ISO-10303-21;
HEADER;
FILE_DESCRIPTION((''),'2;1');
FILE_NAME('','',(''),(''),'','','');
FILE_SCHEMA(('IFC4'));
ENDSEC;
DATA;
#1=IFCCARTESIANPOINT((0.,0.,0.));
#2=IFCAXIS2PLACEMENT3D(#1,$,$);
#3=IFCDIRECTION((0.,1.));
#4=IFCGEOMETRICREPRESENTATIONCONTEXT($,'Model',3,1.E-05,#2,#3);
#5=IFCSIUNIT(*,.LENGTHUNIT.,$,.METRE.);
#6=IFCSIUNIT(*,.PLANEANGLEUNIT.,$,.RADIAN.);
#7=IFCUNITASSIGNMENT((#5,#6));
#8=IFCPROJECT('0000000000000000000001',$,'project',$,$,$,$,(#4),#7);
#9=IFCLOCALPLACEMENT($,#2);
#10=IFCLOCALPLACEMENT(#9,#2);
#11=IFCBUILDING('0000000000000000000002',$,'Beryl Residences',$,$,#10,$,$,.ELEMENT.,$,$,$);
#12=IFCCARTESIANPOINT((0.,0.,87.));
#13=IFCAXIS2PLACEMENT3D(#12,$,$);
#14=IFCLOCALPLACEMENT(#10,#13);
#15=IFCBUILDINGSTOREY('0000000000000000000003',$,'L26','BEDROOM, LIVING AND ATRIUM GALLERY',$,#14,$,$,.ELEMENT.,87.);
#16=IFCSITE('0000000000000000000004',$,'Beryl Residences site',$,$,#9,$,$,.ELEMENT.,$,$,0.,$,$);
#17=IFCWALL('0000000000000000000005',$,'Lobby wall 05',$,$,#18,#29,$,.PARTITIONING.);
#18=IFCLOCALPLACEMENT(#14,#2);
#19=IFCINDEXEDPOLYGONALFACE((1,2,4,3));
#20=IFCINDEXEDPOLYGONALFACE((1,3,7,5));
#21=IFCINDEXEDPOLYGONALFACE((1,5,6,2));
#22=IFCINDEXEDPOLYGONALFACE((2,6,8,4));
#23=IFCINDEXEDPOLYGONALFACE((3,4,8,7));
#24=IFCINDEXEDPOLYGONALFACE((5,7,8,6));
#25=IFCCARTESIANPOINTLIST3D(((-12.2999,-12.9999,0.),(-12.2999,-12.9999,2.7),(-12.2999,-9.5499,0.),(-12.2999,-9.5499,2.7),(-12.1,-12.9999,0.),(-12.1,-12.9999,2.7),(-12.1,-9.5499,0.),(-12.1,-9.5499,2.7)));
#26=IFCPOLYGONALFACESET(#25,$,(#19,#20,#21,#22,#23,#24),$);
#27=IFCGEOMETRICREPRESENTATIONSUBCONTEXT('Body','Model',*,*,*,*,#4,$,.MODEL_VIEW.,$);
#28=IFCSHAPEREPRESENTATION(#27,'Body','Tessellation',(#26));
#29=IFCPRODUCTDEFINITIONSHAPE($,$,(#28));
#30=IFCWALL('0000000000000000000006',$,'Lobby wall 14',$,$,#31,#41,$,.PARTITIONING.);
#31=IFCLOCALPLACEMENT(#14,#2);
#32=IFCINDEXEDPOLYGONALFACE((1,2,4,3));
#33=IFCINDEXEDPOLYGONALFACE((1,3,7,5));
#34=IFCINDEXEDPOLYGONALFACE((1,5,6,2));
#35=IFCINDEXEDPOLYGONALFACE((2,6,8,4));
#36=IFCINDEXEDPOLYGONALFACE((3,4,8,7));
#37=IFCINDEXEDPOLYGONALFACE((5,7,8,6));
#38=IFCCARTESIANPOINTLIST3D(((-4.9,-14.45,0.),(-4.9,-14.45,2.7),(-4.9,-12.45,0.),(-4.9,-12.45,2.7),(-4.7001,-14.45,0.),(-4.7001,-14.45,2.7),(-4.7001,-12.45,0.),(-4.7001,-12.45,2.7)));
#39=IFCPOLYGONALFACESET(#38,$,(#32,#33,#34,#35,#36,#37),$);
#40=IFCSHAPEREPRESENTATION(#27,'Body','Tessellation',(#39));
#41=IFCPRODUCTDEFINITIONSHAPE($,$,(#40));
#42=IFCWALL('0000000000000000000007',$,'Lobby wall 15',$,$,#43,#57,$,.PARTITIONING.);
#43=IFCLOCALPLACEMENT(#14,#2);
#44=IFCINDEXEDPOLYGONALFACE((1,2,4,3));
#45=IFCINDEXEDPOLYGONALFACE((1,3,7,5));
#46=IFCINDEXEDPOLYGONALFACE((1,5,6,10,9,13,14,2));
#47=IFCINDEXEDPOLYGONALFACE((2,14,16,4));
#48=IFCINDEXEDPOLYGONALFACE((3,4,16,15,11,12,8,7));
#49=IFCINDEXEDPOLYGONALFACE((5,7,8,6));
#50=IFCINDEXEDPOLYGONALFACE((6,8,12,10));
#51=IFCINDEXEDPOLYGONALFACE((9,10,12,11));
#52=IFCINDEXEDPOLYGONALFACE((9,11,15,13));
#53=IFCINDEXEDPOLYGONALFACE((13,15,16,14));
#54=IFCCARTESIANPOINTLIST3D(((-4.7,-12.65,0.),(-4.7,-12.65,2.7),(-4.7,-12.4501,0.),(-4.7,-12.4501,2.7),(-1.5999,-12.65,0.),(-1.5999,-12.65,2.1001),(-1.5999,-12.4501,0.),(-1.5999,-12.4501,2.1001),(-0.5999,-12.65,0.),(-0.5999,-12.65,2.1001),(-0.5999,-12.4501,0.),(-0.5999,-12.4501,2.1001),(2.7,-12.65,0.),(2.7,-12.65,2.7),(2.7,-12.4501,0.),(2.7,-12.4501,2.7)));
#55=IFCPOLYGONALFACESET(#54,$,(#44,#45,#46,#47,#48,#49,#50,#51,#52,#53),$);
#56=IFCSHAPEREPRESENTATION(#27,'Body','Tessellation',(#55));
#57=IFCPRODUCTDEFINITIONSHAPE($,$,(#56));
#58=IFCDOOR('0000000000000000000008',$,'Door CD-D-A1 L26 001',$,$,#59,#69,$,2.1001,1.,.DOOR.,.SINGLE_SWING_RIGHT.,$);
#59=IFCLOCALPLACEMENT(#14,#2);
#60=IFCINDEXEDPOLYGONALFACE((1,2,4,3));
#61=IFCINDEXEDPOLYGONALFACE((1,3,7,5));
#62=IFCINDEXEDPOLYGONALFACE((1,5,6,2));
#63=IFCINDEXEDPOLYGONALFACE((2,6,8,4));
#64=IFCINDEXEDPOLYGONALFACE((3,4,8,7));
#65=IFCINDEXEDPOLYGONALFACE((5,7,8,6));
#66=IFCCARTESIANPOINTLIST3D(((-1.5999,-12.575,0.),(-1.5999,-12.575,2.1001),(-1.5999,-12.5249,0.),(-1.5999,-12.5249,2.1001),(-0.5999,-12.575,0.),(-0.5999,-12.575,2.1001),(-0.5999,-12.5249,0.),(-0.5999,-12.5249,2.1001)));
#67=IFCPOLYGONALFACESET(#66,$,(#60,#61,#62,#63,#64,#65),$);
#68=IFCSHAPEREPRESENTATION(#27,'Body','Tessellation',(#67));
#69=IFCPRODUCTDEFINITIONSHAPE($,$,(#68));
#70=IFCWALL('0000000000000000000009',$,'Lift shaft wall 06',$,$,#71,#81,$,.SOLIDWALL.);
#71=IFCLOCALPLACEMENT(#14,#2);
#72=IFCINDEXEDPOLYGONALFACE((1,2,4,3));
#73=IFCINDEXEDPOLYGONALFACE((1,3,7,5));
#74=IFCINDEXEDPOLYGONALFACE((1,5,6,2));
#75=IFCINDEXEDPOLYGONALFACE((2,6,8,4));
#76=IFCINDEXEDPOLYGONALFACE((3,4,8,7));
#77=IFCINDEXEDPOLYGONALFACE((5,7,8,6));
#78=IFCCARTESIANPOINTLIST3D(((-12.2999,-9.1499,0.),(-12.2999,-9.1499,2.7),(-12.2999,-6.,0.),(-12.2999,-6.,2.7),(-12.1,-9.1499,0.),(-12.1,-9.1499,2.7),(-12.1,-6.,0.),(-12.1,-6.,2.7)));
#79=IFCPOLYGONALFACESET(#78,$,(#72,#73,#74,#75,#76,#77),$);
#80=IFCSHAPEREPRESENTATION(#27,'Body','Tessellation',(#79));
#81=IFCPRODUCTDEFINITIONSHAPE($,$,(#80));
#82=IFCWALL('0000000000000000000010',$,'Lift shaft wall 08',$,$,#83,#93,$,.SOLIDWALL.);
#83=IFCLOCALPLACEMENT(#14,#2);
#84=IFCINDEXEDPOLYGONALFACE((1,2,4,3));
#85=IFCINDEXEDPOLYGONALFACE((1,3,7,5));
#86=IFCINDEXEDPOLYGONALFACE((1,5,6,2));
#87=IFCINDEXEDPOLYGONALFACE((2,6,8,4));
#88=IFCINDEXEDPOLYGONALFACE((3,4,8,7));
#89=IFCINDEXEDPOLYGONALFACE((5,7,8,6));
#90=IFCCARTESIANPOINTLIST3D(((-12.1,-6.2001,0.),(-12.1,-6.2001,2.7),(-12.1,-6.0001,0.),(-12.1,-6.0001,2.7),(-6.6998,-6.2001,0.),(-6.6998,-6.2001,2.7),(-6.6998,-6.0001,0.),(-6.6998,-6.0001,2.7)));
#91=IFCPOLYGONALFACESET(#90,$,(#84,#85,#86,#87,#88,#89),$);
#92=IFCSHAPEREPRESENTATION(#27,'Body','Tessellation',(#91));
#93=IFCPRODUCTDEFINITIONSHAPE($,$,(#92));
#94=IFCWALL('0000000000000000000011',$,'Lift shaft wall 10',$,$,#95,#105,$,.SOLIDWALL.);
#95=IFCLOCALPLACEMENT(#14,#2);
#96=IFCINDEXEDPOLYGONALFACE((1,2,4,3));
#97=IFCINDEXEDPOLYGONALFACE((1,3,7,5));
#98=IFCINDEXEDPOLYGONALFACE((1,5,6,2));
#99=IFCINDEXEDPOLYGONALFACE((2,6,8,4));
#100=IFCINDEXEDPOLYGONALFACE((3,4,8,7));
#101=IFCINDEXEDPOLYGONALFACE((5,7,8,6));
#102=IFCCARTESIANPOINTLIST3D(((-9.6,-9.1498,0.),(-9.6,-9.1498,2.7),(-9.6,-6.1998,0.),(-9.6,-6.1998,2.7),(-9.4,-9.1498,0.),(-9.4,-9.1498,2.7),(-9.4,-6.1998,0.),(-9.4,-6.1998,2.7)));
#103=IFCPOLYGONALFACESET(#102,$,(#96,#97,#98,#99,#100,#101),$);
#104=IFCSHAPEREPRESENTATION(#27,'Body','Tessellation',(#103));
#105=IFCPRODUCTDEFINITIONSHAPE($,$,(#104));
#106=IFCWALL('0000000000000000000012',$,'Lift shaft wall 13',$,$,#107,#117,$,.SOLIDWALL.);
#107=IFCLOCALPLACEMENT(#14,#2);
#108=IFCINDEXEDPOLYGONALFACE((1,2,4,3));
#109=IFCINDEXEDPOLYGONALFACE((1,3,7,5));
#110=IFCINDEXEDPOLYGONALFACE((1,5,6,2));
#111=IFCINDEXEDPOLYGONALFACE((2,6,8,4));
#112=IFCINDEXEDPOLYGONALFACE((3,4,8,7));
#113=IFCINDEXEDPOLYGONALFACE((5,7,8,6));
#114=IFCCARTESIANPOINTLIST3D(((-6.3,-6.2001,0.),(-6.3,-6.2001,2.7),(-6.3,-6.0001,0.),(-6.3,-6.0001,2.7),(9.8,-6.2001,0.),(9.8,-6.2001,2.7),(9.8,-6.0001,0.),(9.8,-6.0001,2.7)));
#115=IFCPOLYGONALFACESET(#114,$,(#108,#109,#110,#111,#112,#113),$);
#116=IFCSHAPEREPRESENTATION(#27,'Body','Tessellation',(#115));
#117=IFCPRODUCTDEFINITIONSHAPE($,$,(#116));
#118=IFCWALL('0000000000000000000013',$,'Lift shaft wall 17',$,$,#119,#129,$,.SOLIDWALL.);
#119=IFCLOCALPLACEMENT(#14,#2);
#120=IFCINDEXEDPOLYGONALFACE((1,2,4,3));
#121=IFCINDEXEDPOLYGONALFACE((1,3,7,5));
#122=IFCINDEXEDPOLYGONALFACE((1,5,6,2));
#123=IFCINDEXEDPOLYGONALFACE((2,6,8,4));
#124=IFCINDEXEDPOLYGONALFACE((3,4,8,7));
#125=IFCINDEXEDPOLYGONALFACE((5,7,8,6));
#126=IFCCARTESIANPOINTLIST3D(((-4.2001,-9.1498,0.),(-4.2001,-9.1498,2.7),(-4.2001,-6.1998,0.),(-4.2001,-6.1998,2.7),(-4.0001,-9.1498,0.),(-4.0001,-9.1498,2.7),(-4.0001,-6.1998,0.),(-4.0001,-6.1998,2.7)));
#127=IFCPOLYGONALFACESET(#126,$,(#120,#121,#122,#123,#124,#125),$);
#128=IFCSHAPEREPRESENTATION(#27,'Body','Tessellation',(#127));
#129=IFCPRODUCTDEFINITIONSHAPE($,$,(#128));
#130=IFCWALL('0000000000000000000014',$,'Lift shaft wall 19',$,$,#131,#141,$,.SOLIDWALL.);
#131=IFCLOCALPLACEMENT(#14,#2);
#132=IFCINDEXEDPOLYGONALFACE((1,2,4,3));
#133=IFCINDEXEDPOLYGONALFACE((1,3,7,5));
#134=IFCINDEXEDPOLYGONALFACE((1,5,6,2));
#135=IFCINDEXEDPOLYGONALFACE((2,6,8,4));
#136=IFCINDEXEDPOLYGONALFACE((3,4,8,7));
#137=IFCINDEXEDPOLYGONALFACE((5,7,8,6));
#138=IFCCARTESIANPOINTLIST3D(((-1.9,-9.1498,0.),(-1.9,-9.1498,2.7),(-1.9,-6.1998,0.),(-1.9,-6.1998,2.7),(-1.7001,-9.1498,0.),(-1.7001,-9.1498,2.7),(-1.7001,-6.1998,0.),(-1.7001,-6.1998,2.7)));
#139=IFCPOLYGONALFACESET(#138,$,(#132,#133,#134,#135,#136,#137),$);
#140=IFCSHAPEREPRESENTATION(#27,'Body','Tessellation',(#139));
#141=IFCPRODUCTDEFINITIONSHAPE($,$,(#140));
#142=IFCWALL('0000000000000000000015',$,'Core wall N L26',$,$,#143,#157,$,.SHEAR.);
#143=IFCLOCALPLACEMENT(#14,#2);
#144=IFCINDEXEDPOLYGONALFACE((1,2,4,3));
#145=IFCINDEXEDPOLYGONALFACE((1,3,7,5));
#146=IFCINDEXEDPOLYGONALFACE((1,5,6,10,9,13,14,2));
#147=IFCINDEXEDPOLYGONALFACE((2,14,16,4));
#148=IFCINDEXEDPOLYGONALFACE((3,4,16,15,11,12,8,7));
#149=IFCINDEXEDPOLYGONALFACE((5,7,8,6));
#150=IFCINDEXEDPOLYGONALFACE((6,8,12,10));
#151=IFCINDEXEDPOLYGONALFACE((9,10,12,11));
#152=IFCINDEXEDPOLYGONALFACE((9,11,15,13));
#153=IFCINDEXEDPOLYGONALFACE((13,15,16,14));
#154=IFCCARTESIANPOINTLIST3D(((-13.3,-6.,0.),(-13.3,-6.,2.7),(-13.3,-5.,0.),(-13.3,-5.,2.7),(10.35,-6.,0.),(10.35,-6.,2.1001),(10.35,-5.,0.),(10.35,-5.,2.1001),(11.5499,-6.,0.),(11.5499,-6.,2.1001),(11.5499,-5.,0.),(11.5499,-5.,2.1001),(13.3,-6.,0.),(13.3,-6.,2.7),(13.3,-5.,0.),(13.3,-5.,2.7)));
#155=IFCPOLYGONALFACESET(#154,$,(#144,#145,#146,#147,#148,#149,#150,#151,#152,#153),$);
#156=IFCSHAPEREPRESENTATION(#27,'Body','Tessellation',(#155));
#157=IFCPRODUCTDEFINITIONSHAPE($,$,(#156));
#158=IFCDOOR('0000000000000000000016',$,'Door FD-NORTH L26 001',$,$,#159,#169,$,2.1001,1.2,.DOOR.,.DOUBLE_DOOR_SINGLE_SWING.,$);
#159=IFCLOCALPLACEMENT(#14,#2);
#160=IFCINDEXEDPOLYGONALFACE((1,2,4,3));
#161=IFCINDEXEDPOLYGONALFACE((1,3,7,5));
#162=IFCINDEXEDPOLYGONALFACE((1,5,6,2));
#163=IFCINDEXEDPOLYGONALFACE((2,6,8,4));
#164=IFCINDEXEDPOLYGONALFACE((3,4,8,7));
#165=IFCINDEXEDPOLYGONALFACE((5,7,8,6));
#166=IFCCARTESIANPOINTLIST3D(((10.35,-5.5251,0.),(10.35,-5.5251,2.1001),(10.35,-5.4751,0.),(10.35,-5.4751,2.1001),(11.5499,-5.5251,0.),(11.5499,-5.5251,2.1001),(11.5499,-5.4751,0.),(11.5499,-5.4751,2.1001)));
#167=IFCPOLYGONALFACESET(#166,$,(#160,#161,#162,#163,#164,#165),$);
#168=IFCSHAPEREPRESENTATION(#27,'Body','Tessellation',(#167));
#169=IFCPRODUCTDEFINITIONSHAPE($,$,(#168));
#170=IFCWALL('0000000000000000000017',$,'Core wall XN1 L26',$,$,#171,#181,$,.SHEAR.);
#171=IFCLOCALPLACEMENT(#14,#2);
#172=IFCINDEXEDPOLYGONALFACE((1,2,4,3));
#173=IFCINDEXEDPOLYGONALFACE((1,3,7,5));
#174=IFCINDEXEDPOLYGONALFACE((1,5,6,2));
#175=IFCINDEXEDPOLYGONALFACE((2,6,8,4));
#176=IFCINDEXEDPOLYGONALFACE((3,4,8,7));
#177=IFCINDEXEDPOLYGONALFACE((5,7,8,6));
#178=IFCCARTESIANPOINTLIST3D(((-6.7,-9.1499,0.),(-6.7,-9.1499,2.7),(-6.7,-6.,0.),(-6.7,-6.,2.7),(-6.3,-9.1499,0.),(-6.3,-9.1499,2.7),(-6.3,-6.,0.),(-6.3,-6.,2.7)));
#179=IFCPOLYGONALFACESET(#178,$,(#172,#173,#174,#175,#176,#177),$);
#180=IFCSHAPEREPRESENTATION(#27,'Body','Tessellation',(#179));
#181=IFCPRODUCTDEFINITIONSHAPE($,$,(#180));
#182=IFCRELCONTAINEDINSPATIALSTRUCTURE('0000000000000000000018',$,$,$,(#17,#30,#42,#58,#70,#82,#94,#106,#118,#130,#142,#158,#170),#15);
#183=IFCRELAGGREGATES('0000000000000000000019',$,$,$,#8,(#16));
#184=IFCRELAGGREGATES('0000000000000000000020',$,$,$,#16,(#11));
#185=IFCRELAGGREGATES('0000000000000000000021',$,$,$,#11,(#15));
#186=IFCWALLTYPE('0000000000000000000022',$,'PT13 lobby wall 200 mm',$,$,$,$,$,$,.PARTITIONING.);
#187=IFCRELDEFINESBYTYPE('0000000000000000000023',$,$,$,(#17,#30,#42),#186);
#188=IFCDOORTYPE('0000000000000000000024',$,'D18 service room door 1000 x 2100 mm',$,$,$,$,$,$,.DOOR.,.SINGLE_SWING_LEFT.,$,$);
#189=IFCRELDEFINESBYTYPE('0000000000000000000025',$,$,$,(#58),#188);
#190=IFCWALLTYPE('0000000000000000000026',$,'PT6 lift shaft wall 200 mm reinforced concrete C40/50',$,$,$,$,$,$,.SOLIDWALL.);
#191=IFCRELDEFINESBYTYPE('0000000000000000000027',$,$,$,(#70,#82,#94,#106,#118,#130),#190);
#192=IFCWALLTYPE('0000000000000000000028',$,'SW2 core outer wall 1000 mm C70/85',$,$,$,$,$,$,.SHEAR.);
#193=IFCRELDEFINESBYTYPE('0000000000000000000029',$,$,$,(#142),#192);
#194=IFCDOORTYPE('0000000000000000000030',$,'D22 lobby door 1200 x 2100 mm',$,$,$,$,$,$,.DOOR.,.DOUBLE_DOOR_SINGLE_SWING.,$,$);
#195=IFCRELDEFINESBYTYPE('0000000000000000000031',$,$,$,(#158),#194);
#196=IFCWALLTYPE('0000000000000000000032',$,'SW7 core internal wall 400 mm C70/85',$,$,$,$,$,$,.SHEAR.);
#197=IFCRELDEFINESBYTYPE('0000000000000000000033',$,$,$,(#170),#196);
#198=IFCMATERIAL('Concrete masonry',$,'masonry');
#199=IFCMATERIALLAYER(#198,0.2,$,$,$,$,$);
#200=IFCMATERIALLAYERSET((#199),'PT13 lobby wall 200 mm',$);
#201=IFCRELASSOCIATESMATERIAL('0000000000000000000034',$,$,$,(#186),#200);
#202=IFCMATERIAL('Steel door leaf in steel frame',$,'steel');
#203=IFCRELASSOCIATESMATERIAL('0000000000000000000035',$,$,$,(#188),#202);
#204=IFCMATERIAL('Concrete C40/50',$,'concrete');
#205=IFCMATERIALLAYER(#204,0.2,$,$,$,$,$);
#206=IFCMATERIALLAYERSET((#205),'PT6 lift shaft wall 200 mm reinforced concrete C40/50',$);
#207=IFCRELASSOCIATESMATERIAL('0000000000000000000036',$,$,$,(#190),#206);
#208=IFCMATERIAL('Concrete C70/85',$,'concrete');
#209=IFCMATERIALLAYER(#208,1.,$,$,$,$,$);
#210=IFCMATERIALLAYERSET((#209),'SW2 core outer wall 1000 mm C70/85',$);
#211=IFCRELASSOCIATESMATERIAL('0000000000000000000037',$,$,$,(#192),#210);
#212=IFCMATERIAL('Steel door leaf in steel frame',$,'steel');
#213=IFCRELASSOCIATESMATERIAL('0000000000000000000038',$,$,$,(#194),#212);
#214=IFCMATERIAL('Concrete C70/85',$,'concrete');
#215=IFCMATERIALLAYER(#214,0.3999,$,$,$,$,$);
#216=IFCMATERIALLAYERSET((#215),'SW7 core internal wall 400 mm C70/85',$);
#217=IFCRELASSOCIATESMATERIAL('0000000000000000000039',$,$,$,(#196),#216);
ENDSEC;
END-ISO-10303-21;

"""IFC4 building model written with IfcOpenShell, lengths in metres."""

from ifc_helpers import new_model, si_unit, direction, frame, frame_2d, origin, place, context, subcontext, project, spatial, rectangle, extrude, material, layer, layer_set, type_object, element, fill, save


model = new_model("IFC4")

# Units and contexts
model_context = context("Model", 3, precision=1e-05, world=origin(), true_north=direction((0.0, 1.0)))
body_context = subcontext(model_context, "Body", "Model", "MODEL_VIEW")
ifc_project = project(units=[si_unit("LENGTHUNIT", "METRE"), si_unit("PLANEANGLEUNIT", "RADIAN")], contexts=[model_context])

# Site, building, storey
site_placement = place(None, origin())
site = spatial("IfcSite", under=ifc_project, at=site_placement, Name="Beryl Residences site", CompositionType="ELEMENT", RefElevation=0.0)
building_placement = place(site_placement, origin())
building = spatial("IfcBuilding", under=site, at=building_placement, Name="Beryl Residences", CompositionType="ELEMENT")
storey_placement = place(building_placement, frame((0.0, 0.0, 87.0)))
storey = spatial("IfcBuildingStorey", under=building, at=storey_placement, Name="L26", Description="BEDROOM, LIVING AND ATRIUM GALLERY", CompositionType="ELEMENT", Elevation=87.0)

# Walls
ifc_material_1 = material(Name="Concrete masonry", Category="masonry")
ifc_layer_1 = layer(ifc_material_1, 0.2)
ifc_layer_set_1 = layer_set([ifc_layer_1], Name="PT13 lobby wall 200 mm")
wall_type_1 = type_object("IfcWallType", Name="PT13 lobby wall 200 mm", PredefinedType="PARTITIONING", material=ifc_layer_set_1)
wall_1_placement = place(storey_placement, frame((-12.2, -13.0, 0.0), z_axis=(0.0, 0.0, 1.0), x_axis=(0.0, 1.0, 0.0)))
element("IfcWall", 1, at=wall_1_placement, inside=storey, type_object=wall_type_1, Name="Lobby wall 05", PredefinedType="PARTITIONING", context=body_context, shape_type="SweptSolid", body=[
    extrude(rectangle(XDim=3.45, YDim=0.2, at=frame_2d((1.7251, 0.0))), origin(), (0.0, 0.0, 1.0), 2.7),
])
wall_2_placement = place(storey_placement, frame((-4.8, -14.45, 0.0), z_axis=(0.0, 0.0, 1.0), x_axis=(0.0, 1.0, 0.0)))
element("IfcWall", 2, at=wall_2_placement, inside=storey, type_object=wall_type_1, Name="Lobby wall 14", PredefinedType="PARTITIONING", context=body_context, shape_type="SweptSolid", body=[
    extrude(rectangle(XDim=2.0, YDim=0.2, at=frame_2d((1.0, 0.0))), origin(), (0.0, 0.0, 1.0), 2.7),
])

# Wall, opening, door
wall_3_placement = place(storey_placement, frame((-4.7, -12.55, 0.0), z_axis=(0.0, 0.0, 1.0), x_axis=(1.0, 0.0, 0.0)))
wall_3 = element("IfcWall", 3, at=wall_3_placement, inside=storey, type_object=wall_type_1, Name="Lobby wall 15", PredefinedType="PARTITIONING", context=body_context, shape_type="SweptSolid", body=[
    extrude(rectangle(XDim=7.3999, YDim=0.2, at=frame_2d((3.7, 0.0))), origin(), (0.0, 0.0, 1.0), 2.7),
])
opening_1_placement = place(wall_3_placement, frame((4.1001, 0.0, 0.0), z_axis=(0.0, 0.0, 1.0), x_axis=(-1.0, 0.0, 0.0)))
opening_1 = element("IfcOpeningElement", 4, at=opening_1_placement, cuts=wall_3, PredefinedType="OPENING", context=body_context, shape_type="SweptSolid", body=[
    extrude(rectangle(XDim=1.0, YDim=2.1001, at=frame_2d((0.5, 1.05))), frame((0.0, 0.1099, 0.0), z_axis=(0.0, -1.0, 0.0), x_axis=(1.0, 0.0, 0.0)), (0.0, 0.0, 1.0), 0.22),
])
ifc_material_2 = material(Name="Steel door leaf in steel frame", Category="steel")
door_type_1 = type_object("IfcDoorType", Name="D18 service room door 1000 x 2100 mm", OperationType="SINGLE_SWING_LEFT", PredefinedType="DOOR", material=ifc_material_2)
door_1_placement = place(opening_1_placement, origin())
door_1 = element("IfcDoor", 5, at=door_1_placement, inside=storey, type_object=door_type_1, Name="Door CD-D-A1 L26 001", OperationType="SINGLE_SWING_RIGHT", OverallHeight=2.1001, OverallWidth=1.0, PredefinedType="DOOR", context=body_context, shape_type="SweptSolid", body=[
    extrude(rectangle(XDim=1.0, YDim=2.1001, at=frame_2d((0.5, 1.05))), frame((0.0, 0.0249, 0.0), z_axis=(0.0, -1.0, 0.0), x_axis=(1.0, 0.0, 0.0)), (0.0, 0.0, 1.0), 0.05),
])
fill(opening_1, door_1)

# Walls
ifc_material_3 = material(Name="Concrete C40/50", Category="concrete")
ifc_layer_2 = layer(ifc_material_3, 0.2)
ifc_layer_set_2 = layer_set([ifc_layer_2], Name="PT6 lift shaft wall 200 mm reinforced concrete C40/50")
wall_type_2 = type_object("IfcWallType", Name="PT6 lift shaft wall 200 mm reinforced concrete C40/50", PredefinedType="SOLIDWALL", material=ifc_layer_set_2)
wall_4_placement = place(storey_placement, frame((-12.2, -9.1499, 0.0), z_axis=(0.0, 0.0, 1.0), x_axis=(0.0, 1.0, 0.0)))
element("IfcWall", 6, at=wall_4_placement, inside=storey, type_object=wall_type_2, Name="Lift shaft wall 06", PredefinedType="SOLIDWALL", context=body_context, shape_type="SweptSolid", body=[
    extrude(rectangle(XDim=3.1499, YDim=0.2, at=frame_2d((1.575, 0.0))), origin(), (0.0, 0.0, 1.0), 2.7),
])
wall_5_placement = place(storey_placement, frame((-12.1001, -6.1001, 0.0), z_axis=(0.0, 0.0, 1.0), x_axis=(1.0, 0.0, 0.0)))
element("IfcWall", 7, at=wall_5_placement, inside=storey, type_object=wall_type_2, Name="Lift shaft wall 08", PredefinedType="SOLIDWALL", context=body_context, shape_type="SweptSolid", body=[
    extrude(rectangle(XDim=5.4001, YDim=0.2, at=frame_2d((2.7002, 0.0))), origin(), (0.0, 0.0, 1.0), 2.7),
])
wall_6_placement = place(storey_placement, frame((-9.5, -9.1499, 0.0), z_axis=(0.0, 0.0, 1.0), x_axis=(0.0, 1.0, 0.0)))
element("IfcWall", 8, at=wall_6_placement, inside=storey, type_object=wall_type_2, Name="Lift shaft wall 10", PredefinedType="SOLIDWALL", context=body_context, shape_type="SweptSolid", body=[
    extrude(rectangle(XDim=2.95, YDim=0.2, at=frame_2d((1.4751, 0.0))), origin(), (0.0, 0.0, 1.0), 2.7),
])
wall_7_placement = place(storey_placement, frame((-6.3, -6.1001, 0.0), z_axis=(0.0, 0.0, 1.0), x_axis=(1.0, 0.0, 0.0)))
element("IfcWall", 9, at=wall_7_placement, inside=storey, type_object=wall_type_2, Name="Lift shaft wall 13", PredefinedType="SOLIDWALL", context=body_context, shape_type="SweptSolid", body=[
    extrude(rectangle(XDim=16.1001, YDim=0.2, at=frame_2d((8.05, 0.0))), origin(), (0.0, 0.0, 1.0), 2.7),
])
for number, where, z_axis, x_axis, name in (
    (10, (-4.1001, -9.1499, 0.0), (0.0, 0.0, 1.0), (0.0, 1.0, 0.0), "Lift shaft wall 17"),
    (11, (-1.8, -9.1499, 0.0), (0.0, 0.0, 1.0), (0.0, 1.0, 0.0), "Lift shaft wall 19"),
):
    element("IfcWall", number, at=place(storey_placement, frame(where, z_axis=z_axis, x_axis=x_axis)), inside=storey, type_object=wall_type_2, Name=name, PredefinedType="SOLIDWALL", context=body_context, shape_type="SweptSolid", body=[
        extrude(rectangle(XDim=2.95, YDim=0.2, at=frame_2d((1.4751, 0.0))), origin(), (0.0, 0.0, 1.0), 2.7),
    ])

# Wall, opening, door
ifc_material_4 = material(Name="Concrete C70/85", Category="concrete")
ifc_layer_3 = layer(ifc_material_4, 1.0)
ifc_layer_set_3 = layer_set([ifc_layer_3], Name="SW2 core outer wall 1000 mm C70/85")
wall_type_3 = type_object("IfcWallType", Name="SW2 core outer wall 1000 mm C70/85", PredefinedType="SHEAR", material=ifc_layer_set_3)
wall_8_placement = place(storey_placement, frame((-13.3, -5.5, 0.0), z_axis=(0.0, 0.0, 1.0), x_axis=(1.0, 0.0, 0.0)))
wall_8 = element("IfcWall", 12, at=wall_8_placement, inside=storey, type_object=wall_type_3, Name="Core wall N L26", PredefinedType="SHEAR", context=body_context, shape_type="SweptSolid", body=[
    extrude(rectangle(XDim=26.6001, YDim=1.0, at=frame_2d((13.3, 0.0))), origin(), (0.0, 0.0, 1.0), 2.7),
])
opening_2_placement = place(wall_8_placement, frame((23.6499, 0.0, 0.0)))
opening_2 = element("IfcOpeningElement", 13, at=opening_2_placement, cuts=wall_8, PredefinedType="OPENING", context=body_context, shape_type="SweptSolid", body=[
    extrude(rectangle(XDim=1.2, YDim=2.1001, at=frame_2d((0.6001, 1.05))), frame((0.0, 0.51, 0.0), z_axis=(0.0, -1.0, 0.0), x_axis=(1.0, 0.0, 0.0)), (0.0, 0.0, 1.0), 1.02),
])
ifc_material_5 = material(Name="Steel door leaf in steel frame", Category="steel")
door_type_2 = type_object("IfcDoorType", Name="D22 lobby door 1200 x 2100 mm", OperationType="DOUBLE_DOOR_SINGLE_SWING", PredefinedType="DOOR", material=ifc_material_5)
door_2_placement = place(opening_2_placement, origin())
door_2 = element("IfcDoor", 14, at=door_2_placement, inside=storey, type_object=door_type_2, Name="Door FD-NORTH L26 001", OperationType="DOUBLE_DOOR_SINGLE_SWING", OverallHeight=2.1001, OverallWidth=1.2, PredefinedType="DOOR", context=body_context, shape_type="SweptSolid", body=[
    extrude(rectangle(XDim=1.2, YDim=2.1001, at=frame_2d((0.6001, 1.05))), frame((0.0, 0.0249, 0.0), z_axis=(0.0, -1.0, 0.0), x_axis=(1.0, 0.0, 0.0)), (0.0, 0.0, 1.0), 0.05),
])
fill(opening_2, door_2)

# Shared definitions
ifc_material_6 = material(Name="Concrete C70/85", Category="concrete")
ifc_layer_4 = layer(ifc_material_6, 0.3999)
ifc_layer_set_4 = layer_set([ifc_layer_4], Name="SW7 core internal wall 400 mm C70/85")
wall_type_4 = type_object("IfcWallType", Name="SW7 core internal wall 400 mm C70/85", PredefinedType="SHEAR", material=ifc_layer_set_4)

# Wall
wall_9_placement = place(storey_placement, frame((-6.5, -9.1499, 0.0), z_axis=(0.0, 0.0, 1.0), x_axis=(0.0, 1.0, 0.0)))
element("IfcWall", 15, at=wall_9_placement, inside=storey, type_object=wall_type_4, Name="Core wall XN1 L26", PredefinedType="SHEAR", context=body_context, shape_type="SweptSolid", body=[
    extrude(rectangle(XDim=3.1499, YDim=0.3999, at=frame_2d((1.575, 0.0))), origin(), (0.0, 0.0, 1.0), 2.7),
])

save(model, "model.ifc")
